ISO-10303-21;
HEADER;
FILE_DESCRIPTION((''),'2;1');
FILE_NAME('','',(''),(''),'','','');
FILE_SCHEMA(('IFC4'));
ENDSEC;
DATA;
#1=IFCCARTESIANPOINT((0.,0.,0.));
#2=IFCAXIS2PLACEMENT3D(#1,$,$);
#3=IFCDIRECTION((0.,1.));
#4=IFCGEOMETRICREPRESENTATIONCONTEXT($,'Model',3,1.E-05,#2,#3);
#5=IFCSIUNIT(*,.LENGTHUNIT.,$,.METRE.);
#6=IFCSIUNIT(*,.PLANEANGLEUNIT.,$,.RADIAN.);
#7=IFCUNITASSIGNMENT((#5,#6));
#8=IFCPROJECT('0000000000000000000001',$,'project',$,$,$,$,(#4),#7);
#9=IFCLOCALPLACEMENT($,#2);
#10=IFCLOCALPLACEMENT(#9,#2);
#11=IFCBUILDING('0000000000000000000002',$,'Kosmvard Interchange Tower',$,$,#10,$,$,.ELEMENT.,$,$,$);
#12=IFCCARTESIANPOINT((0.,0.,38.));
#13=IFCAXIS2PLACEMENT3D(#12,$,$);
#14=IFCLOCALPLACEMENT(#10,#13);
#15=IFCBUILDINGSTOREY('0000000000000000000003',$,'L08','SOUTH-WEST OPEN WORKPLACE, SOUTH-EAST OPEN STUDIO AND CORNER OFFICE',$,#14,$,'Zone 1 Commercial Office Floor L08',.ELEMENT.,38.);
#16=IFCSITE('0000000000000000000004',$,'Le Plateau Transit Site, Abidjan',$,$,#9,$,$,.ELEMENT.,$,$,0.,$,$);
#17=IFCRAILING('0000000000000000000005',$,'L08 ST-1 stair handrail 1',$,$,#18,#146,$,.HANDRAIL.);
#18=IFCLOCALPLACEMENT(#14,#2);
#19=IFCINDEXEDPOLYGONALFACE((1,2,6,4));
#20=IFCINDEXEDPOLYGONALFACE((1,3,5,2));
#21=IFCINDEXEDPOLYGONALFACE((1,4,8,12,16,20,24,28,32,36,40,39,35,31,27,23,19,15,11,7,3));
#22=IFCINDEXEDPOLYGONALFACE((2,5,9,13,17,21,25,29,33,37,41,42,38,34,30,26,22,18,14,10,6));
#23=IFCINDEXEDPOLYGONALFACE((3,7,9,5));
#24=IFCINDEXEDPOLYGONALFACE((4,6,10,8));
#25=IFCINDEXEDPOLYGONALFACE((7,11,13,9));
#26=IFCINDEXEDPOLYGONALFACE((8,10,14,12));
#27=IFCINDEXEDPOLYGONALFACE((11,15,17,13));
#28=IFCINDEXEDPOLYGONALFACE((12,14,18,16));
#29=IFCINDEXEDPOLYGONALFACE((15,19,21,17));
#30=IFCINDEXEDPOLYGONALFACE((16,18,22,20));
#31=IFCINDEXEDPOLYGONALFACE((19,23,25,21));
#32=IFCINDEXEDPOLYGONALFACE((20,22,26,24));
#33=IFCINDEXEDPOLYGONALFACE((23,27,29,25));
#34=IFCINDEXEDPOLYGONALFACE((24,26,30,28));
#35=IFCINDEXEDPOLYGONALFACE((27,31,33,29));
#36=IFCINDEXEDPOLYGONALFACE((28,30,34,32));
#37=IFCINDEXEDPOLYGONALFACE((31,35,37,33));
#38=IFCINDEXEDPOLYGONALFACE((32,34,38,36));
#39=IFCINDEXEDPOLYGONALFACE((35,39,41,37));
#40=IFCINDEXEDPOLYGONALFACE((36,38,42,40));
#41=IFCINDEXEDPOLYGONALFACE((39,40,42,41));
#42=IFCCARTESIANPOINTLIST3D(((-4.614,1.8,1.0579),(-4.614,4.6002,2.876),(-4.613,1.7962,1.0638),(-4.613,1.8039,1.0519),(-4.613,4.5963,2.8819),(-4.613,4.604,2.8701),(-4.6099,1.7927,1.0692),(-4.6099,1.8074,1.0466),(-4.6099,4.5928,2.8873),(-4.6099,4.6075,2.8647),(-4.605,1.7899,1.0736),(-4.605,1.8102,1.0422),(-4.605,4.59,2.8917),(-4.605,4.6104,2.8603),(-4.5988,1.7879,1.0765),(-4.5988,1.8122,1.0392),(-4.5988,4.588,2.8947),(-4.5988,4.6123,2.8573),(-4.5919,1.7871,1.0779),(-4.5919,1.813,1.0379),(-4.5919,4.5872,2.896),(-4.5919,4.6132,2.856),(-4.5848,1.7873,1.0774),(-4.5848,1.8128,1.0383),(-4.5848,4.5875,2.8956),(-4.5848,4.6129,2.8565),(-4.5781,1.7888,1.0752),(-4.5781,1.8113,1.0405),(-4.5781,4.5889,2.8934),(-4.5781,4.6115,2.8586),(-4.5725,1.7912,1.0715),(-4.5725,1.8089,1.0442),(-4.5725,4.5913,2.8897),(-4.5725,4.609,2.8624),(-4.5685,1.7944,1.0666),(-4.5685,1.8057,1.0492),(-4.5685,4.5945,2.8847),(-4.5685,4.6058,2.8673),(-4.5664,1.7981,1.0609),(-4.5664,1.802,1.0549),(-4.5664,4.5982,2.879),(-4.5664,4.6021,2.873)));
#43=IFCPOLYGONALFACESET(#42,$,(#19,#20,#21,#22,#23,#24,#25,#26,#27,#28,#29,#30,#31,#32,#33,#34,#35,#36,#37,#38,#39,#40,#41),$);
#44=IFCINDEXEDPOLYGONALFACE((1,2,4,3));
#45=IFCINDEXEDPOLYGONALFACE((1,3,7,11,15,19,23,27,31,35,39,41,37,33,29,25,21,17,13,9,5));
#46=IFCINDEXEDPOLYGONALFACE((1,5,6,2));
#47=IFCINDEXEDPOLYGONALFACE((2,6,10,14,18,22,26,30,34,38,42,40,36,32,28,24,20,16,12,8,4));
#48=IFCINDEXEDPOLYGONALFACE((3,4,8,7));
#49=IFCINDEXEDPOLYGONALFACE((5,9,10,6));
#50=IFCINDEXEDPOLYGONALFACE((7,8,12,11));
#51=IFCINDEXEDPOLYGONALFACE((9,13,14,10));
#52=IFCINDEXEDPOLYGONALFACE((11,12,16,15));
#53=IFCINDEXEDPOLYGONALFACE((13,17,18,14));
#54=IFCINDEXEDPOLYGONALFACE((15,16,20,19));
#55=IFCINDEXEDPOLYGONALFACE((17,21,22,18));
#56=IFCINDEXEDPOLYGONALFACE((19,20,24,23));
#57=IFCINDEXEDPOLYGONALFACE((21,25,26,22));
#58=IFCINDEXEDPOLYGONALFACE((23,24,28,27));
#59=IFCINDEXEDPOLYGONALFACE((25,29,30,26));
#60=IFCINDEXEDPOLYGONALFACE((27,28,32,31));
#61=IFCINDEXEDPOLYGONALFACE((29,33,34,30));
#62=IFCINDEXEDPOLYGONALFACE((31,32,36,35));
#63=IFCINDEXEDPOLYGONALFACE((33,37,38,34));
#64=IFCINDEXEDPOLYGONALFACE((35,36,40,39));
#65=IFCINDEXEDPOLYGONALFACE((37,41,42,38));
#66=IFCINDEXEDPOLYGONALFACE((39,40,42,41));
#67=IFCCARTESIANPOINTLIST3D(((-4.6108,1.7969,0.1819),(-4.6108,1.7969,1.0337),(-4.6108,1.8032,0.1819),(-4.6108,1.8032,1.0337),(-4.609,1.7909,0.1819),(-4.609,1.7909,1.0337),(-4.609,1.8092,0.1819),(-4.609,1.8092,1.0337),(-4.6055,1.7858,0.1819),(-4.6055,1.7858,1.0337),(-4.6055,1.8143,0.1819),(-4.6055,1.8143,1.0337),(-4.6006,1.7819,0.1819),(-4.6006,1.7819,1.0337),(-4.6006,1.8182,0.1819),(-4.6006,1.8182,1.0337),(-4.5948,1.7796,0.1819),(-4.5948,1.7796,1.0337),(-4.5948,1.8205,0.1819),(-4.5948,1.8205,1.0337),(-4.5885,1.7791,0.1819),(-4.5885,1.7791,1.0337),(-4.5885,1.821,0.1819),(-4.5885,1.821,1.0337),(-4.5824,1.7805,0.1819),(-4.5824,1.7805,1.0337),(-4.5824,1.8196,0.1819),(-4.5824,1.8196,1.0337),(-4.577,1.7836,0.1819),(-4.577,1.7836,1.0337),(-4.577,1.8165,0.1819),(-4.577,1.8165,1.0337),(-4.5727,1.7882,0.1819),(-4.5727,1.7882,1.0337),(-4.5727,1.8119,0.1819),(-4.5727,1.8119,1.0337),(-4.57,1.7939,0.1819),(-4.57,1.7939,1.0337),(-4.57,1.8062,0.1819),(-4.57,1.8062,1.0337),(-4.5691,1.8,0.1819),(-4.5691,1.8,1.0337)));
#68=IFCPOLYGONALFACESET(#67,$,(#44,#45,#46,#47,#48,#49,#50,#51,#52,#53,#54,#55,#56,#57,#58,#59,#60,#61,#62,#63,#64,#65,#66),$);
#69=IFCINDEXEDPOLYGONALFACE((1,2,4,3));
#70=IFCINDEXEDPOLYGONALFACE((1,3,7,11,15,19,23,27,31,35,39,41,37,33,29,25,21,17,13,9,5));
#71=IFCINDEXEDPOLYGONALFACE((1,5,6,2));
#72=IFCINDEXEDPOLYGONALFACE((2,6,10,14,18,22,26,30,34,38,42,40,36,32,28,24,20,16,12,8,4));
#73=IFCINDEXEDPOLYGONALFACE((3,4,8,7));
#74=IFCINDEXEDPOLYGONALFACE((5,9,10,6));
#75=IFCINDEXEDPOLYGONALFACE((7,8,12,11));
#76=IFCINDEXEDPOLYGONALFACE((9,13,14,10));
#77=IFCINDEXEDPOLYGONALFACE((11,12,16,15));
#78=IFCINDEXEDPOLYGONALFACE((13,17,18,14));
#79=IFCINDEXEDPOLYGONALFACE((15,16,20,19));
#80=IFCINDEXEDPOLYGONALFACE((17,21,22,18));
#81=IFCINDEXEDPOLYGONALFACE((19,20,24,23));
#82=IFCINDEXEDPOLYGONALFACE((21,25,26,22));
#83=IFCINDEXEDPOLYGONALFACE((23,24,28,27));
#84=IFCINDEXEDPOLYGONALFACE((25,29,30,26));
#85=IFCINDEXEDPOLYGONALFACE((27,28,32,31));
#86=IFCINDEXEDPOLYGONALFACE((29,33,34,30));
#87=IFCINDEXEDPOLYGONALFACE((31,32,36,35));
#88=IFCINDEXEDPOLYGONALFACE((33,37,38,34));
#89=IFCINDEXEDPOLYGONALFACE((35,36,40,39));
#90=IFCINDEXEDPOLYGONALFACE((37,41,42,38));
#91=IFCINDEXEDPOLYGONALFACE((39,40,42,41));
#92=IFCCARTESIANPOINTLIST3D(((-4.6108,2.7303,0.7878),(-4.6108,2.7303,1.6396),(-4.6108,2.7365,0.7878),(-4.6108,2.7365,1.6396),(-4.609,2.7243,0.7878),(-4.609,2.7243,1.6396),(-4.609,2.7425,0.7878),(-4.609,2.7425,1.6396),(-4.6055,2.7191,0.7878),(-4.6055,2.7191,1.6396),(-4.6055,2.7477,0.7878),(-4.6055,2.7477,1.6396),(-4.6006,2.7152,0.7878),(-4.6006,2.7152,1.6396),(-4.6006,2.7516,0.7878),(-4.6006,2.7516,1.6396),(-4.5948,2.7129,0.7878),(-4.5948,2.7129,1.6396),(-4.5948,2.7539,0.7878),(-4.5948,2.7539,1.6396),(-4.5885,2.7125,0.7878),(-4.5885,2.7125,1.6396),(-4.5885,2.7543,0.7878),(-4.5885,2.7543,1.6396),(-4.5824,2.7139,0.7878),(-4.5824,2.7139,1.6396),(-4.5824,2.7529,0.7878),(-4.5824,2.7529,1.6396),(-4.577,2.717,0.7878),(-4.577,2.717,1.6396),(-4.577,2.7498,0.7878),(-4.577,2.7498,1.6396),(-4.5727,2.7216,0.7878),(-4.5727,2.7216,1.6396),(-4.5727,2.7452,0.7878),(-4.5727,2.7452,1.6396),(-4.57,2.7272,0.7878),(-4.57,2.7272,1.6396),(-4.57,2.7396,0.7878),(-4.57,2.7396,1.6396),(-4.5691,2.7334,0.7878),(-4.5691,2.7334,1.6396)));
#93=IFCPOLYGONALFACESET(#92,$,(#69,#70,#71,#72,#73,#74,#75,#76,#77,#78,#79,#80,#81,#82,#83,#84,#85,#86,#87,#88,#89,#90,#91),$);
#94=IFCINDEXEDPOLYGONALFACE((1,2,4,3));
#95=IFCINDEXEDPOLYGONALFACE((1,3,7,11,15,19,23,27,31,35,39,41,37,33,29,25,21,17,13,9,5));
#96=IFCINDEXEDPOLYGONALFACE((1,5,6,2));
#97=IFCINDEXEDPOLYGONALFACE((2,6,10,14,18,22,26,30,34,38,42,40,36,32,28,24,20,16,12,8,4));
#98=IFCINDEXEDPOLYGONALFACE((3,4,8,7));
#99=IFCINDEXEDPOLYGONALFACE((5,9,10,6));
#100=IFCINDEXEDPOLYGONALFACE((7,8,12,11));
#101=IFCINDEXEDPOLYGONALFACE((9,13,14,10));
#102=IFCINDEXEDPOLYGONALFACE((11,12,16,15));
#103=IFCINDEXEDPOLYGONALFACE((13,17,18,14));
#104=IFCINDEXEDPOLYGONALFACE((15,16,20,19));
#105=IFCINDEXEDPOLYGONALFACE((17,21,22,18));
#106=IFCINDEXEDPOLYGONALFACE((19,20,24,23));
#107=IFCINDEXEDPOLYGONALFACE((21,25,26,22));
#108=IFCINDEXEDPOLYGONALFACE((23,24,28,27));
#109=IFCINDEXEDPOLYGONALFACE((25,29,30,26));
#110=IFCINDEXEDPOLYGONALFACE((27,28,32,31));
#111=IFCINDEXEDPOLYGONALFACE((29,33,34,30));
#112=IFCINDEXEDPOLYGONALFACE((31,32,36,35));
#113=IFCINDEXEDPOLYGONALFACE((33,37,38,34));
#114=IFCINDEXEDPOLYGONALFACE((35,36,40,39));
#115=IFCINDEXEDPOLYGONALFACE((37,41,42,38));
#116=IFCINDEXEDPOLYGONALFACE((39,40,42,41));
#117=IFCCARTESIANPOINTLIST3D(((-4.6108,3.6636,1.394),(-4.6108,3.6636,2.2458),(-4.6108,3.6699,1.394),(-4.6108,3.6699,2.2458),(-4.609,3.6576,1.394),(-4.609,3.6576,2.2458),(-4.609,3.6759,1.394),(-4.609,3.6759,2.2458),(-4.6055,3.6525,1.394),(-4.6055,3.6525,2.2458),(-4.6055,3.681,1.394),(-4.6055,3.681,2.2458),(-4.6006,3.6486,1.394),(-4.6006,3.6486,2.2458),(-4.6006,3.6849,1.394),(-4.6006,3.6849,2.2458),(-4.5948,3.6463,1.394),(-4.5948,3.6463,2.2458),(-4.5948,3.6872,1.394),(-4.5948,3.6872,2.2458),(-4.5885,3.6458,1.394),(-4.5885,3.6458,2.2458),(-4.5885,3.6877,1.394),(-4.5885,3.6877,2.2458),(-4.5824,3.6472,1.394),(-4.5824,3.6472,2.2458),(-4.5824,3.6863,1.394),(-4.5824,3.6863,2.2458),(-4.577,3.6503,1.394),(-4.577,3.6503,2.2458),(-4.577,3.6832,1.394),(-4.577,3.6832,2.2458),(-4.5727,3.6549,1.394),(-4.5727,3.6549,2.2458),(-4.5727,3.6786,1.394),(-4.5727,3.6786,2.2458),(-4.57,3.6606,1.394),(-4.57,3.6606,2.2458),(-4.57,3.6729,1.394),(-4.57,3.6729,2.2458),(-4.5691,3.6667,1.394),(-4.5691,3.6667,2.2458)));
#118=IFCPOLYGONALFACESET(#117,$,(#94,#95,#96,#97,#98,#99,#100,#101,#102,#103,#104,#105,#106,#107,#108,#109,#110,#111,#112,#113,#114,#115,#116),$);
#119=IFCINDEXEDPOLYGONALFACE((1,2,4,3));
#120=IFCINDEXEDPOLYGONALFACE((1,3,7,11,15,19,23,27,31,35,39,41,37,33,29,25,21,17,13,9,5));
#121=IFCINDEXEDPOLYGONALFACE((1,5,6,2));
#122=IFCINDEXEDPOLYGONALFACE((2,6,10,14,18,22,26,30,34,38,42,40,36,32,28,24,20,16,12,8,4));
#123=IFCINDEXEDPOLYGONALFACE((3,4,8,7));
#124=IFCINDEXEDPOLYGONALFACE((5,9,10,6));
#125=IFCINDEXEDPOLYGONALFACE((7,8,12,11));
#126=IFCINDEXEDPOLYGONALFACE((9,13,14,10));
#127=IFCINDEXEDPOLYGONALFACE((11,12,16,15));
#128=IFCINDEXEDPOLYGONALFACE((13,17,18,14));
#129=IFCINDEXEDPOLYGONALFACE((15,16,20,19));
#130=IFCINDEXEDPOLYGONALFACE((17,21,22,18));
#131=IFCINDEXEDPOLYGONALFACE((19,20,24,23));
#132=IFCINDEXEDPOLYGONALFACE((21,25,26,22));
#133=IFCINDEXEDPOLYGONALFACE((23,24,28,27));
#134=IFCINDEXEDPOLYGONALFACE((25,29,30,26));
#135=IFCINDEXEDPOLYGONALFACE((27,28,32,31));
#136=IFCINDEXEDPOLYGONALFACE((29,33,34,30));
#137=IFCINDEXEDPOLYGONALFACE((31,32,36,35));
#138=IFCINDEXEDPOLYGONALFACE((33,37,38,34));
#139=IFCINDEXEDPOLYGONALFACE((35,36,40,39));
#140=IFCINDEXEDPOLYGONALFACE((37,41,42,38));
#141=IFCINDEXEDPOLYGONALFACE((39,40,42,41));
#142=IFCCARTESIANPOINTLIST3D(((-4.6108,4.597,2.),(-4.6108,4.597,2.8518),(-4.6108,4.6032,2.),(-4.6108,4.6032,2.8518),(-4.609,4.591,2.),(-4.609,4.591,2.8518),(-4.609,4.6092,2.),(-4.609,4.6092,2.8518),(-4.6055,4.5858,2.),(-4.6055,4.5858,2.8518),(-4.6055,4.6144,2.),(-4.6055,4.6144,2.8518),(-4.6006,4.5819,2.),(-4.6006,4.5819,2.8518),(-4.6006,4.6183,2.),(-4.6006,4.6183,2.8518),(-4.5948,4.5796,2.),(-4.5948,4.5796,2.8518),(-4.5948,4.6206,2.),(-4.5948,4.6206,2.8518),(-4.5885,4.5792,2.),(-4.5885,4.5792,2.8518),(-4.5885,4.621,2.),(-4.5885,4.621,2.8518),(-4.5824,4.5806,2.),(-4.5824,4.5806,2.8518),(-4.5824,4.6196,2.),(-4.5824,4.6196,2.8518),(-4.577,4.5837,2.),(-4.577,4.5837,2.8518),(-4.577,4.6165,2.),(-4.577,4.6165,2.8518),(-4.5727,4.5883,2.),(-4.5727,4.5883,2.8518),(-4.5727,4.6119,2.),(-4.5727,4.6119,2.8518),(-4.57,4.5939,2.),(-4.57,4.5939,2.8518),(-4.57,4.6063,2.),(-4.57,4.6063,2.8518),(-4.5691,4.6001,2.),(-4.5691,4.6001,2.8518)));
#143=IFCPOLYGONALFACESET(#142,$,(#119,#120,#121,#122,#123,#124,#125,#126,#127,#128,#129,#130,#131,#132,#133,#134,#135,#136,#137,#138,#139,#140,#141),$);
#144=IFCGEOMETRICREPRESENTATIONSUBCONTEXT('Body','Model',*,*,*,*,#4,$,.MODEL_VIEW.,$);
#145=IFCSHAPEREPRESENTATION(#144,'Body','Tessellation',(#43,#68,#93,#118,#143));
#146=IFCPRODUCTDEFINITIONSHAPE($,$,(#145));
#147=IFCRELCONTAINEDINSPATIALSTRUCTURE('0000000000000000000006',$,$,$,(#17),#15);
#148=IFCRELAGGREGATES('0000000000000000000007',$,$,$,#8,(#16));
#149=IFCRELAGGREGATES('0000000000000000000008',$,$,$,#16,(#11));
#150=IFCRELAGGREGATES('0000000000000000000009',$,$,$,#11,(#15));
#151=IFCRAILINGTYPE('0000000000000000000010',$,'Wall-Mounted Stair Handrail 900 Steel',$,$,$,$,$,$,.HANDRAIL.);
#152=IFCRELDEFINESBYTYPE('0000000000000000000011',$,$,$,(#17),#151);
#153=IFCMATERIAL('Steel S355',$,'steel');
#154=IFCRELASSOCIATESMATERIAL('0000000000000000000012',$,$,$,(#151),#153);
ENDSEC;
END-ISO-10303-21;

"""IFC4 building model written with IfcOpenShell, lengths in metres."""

from ifc_helpers import new_model, si_unit, direction, frame, origin, origin_2d, place, context, subcontext, project, spatial, circle, extrude, source, transform, mapped, material, type_object, element, save


model = new_model("IFC4")

# Units and contexts
model_context = context("Model", 3, precision=1e-05, world=origin(), true_north=direction((0.0, 1.0)))
body_context = subcontext(model_context, "Body", "Model", "MODEL_VIEW")
ifc_project = project(units=[si_unit("LENGTHUNIT", "METRE"), si_unit("PLANEANGLEUNIT", "RADIAN")], contexts=[model_context])

# Site, building, storey
site_placement = place(None, origin())
site = spatial("IfcSite", under=ifc_project, at=site_placement, Name="Le Plateau Transit Site, Abidjan", CompositionType="ELEMENT", RefElevation=0.0)
building_placement = place(site_placement, origin())
building = spatial("IfcBuilding", under=site, at=building_placement, Name="Kosmvard Interchange Tower", CompositionType="ELEMENT")
storey_placement = place(building_placement, frame((0.0, 0.0, 38.0)))
storey = spatial("IfcBuildingStorey", under=building, at=storey_placement, Name="L08", Description="SOUTH-WEST OPEN WORKPLACE, SOUTH-EAST OPEN STUDIO AND CORNER OFFICE", LongName="Zone 1 Commercial Office Floor L08", CompositionType="ELEMENT", Elevation=38.0)

# Railing
ifc_material_1 = material(Name="Steel S355", Category="steel")
railing_type_1 = type_object("IfcRailingType", Name="Wall-Mounted Stair Handrail 900 Steel", PredefinedType="HANDRAIL", material=ifc_material_1)
shared_shape_1 = source(origin(), body_context, "Body", "SweptSolid", [
    extrude(circle(Radius=0.0239, at=origin_2d()), frame((0.0, 0.0, 0.876), z_axis=(0.0, 0.838706, 0.544585), x_axis=(-1.0, 0.0, 0.0)), (0.0, 0.0, 1.0), 3.3386),
    extrude(circle(Radius=0.021, at=origin_2d()), origin(), (0.0, 0.0, 1.0), 0.8518),
    extrude(circle(Radius=0.021, at=origin_2d()), frame((0.0, 0.9333, 0.606)), (0.0, 0.0, 1.0), 0.8518),
    extrude(circle(Radius=0.021, at=origin_2d()), frame((0.0, 1.8667, 1.2122)), (0.0, 0.0, 1.0), 0.8518),
    extrude(circle(Radius=0.021, at=origin_2d()), frame((0.0, 2.8, 1.8181)), (0.0, 0.0, 1.0), 0.8518),
])
railing_1_placement = place(storey_placement, frame((-4.5901, 1.8, 0.1819)))
element("IfcRailing", 1, at=railing_1_placement, inside=storey, type_object=railing_type_1, Name="L08 ST-1 stair handrail 1", PredefinedType="HANDRAIL", context=body_context, shape_type="MappedRepresentation", body=[
    mapped(shared_shape_1, transform((0.0, 0.0, 0.0), scale=1.0)),
])

save(model, "model.ifc")
